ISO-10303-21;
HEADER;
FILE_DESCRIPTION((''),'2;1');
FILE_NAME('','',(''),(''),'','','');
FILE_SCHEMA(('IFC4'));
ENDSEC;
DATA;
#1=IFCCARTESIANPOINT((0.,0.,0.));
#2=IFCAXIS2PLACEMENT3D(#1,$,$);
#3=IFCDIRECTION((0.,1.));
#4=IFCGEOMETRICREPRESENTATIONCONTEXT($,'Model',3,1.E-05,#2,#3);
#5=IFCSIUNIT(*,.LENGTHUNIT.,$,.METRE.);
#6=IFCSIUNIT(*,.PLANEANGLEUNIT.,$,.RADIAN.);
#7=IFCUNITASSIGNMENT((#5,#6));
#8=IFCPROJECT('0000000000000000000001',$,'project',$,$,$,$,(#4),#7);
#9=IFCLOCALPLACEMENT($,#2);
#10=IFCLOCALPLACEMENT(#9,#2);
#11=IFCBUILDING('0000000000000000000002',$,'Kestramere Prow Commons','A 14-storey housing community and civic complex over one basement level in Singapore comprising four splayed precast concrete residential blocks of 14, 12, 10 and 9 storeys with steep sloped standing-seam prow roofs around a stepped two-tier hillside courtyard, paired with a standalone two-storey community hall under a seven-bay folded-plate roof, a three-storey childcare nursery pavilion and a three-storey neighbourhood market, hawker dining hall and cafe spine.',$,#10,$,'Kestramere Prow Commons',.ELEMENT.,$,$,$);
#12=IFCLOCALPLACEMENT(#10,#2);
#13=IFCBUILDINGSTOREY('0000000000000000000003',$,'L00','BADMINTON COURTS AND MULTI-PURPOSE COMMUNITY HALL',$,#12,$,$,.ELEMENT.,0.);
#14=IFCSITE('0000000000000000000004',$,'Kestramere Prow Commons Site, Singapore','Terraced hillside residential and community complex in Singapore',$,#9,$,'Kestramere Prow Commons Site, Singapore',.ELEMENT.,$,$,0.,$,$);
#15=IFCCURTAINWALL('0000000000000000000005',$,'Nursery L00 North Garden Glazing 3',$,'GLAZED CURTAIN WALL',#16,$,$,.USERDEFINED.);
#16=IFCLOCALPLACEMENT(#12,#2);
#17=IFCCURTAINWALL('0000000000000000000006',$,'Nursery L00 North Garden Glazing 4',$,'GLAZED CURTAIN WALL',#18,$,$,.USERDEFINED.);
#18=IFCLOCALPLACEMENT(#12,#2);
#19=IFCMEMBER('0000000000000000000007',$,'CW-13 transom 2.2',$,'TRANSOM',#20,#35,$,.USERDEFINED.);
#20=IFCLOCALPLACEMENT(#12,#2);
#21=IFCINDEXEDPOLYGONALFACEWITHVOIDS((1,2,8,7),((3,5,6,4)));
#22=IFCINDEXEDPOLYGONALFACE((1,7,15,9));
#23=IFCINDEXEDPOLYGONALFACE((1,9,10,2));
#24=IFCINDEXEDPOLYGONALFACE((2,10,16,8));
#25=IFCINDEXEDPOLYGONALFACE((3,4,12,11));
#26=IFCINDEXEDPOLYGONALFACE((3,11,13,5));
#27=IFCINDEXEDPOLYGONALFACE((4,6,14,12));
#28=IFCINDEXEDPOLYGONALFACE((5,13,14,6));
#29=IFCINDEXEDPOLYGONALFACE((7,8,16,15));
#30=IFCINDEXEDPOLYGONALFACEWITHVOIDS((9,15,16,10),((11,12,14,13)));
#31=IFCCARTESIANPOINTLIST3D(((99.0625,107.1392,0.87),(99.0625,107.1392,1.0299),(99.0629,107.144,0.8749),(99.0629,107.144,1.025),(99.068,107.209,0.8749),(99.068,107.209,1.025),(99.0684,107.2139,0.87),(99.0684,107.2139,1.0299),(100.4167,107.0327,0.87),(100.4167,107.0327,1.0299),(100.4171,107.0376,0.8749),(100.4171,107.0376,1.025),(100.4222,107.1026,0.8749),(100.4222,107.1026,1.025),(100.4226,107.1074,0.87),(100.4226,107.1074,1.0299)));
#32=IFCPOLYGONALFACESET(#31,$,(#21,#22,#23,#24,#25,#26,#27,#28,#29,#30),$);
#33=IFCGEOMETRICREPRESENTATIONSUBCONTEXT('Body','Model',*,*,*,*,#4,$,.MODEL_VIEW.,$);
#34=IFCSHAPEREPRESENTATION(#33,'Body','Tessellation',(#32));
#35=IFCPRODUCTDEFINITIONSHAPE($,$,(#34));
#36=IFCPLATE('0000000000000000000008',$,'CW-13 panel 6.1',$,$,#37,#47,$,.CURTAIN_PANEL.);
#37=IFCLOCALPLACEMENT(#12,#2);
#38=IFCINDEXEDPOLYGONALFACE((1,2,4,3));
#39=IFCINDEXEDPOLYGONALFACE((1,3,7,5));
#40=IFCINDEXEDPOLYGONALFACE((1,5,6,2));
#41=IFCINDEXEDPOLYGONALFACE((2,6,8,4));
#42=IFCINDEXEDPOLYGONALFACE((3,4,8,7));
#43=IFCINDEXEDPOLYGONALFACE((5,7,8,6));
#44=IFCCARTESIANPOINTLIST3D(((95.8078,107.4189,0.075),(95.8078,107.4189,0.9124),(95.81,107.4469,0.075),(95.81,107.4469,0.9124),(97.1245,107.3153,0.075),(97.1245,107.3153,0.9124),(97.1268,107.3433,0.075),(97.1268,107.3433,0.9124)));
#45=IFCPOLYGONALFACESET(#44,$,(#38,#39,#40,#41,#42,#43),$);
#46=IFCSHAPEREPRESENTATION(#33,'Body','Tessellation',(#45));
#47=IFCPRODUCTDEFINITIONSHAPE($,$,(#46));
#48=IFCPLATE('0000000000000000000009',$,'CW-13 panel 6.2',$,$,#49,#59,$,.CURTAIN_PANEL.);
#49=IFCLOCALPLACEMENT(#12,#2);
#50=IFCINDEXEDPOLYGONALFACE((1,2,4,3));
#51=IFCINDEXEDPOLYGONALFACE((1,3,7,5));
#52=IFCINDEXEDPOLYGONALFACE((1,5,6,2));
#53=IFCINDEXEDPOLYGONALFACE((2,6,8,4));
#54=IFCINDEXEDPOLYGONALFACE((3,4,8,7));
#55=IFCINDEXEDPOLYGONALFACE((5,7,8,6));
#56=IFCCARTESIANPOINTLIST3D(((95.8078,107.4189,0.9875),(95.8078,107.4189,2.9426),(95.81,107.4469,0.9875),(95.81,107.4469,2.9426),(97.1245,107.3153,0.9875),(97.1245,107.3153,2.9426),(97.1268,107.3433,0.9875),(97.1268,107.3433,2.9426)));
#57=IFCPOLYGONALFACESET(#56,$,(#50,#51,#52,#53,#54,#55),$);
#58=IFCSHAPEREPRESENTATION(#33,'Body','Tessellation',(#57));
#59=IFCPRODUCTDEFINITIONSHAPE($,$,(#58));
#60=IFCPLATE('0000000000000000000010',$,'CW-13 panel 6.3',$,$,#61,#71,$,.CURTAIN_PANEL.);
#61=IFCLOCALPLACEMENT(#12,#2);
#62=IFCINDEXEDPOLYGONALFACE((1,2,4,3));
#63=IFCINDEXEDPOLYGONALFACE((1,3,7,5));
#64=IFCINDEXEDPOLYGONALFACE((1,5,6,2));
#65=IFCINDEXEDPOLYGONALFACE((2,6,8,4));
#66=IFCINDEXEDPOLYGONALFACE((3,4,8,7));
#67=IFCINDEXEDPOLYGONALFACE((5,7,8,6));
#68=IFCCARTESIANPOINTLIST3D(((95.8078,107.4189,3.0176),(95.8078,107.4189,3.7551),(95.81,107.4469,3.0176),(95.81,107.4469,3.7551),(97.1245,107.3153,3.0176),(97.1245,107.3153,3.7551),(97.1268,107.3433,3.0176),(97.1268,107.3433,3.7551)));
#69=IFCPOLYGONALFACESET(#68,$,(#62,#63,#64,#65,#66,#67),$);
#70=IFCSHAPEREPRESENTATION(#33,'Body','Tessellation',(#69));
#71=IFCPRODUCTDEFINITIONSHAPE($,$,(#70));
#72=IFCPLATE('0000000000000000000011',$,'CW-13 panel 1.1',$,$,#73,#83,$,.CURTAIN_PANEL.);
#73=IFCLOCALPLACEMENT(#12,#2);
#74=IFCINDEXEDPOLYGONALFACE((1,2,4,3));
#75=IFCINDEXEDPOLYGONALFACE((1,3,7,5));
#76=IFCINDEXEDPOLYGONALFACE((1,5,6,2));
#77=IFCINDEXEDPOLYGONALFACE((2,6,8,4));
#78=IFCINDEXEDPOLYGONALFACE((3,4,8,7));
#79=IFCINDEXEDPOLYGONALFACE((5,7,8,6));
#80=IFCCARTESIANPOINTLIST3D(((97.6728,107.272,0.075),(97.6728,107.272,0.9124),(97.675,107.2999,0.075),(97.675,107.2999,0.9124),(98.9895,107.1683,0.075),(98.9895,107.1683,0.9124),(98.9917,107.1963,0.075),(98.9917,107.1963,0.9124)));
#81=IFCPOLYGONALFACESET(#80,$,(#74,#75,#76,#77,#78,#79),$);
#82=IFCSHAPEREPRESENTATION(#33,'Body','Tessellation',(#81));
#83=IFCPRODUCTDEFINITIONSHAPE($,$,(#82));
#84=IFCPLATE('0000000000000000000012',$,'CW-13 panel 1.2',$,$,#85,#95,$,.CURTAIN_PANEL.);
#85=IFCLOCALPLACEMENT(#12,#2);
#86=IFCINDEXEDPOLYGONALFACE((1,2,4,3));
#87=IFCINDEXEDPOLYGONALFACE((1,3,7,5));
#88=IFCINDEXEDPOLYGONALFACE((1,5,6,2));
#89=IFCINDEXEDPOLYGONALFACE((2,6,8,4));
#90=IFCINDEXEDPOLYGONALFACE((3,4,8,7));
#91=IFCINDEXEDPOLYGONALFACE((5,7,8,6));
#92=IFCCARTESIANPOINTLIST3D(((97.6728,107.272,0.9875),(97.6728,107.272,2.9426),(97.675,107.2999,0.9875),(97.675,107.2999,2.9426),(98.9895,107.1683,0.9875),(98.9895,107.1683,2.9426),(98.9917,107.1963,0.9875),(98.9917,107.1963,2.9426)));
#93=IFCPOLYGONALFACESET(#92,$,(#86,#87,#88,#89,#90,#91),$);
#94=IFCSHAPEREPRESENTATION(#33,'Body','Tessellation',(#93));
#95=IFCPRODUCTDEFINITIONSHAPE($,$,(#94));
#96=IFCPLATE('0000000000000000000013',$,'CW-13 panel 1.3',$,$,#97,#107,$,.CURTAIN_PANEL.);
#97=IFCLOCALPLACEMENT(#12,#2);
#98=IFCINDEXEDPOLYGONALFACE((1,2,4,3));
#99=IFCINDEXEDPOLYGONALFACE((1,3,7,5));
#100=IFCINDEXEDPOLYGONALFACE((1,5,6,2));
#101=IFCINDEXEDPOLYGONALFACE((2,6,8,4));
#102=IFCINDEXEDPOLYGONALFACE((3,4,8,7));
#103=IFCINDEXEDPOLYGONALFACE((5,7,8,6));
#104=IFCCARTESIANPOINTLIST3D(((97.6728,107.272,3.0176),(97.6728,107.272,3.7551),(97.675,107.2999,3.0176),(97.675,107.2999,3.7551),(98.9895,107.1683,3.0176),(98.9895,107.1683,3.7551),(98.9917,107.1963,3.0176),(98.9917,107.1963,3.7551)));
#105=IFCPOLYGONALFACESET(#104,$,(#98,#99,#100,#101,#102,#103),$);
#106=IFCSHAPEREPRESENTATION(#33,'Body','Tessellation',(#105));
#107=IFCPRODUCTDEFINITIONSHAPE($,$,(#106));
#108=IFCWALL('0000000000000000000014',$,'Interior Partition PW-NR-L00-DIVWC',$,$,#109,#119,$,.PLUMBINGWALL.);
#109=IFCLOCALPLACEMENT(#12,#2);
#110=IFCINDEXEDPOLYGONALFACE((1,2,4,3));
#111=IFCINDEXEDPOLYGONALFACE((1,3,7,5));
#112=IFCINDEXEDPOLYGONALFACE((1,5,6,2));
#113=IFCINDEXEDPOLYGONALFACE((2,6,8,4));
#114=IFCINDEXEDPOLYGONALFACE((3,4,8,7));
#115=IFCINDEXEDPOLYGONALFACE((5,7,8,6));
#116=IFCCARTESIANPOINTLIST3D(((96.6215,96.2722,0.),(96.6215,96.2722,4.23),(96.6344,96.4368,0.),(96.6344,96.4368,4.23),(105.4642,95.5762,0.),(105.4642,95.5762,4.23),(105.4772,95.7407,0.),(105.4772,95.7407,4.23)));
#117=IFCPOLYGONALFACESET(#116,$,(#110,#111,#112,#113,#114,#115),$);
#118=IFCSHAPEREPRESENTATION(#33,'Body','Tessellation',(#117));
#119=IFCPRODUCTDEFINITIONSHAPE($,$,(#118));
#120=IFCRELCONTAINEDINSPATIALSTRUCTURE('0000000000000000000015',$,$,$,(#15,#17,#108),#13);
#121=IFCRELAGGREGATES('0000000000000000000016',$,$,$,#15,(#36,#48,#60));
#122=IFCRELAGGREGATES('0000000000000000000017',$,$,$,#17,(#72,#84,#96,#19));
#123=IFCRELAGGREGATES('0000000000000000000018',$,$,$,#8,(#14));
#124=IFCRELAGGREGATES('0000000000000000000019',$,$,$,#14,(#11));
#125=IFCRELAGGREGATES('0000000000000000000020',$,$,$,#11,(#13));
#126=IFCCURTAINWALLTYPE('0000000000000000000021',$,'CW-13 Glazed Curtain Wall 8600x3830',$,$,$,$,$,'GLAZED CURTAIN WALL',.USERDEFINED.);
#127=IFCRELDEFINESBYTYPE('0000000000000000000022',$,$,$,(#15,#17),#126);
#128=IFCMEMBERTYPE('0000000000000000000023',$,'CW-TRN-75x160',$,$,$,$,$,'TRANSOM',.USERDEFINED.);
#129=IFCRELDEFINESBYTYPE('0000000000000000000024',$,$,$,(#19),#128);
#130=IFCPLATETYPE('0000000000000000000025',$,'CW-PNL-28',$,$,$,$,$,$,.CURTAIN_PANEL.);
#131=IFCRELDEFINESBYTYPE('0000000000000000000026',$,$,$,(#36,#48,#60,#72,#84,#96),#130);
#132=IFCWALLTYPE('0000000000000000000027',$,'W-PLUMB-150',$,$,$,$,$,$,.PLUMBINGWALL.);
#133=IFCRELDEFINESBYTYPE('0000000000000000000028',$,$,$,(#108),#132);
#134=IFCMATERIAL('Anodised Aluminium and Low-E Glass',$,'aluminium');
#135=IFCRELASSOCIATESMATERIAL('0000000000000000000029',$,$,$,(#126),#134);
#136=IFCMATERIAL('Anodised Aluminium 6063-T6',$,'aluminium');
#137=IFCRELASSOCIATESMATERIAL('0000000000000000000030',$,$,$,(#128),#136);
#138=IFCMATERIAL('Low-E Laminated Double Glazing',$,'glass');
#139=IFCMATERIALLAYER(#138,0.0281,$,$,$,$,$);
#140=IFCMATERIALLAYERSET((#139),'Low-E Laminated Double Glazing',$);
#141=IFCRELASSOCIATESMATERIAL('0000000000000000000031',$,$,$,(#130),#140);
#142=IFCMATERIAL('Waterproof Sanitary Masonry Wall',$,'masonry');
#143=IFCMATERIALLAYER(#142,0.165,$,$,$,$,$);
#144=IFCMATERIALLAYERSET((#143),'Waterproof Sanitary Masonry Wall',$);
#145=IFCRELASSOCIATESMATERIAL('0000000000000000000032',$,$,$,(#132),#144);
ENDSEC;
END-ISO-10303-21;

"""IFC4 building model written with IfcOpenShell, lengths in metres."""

from ifc_helpers import new_model, si_unit, direction, frame, frame_2d, origin, origin_2d, place, context, subcontext, project, spatial, rectangle, hollow_rectangle, extrude, material, layer, layer_set, material_profile, profile_set, type_object, element, aggregate, save


model = new_model("IFC4")

# Units and contexts
model_context = context("Model", 3, precision=1e-05, world=origin(), true_north=direction((0.0, 1.0)))
body_context = subcontext(model_context, "Body", "Model", "MODEL_VIEW")
ifc_project = project(units=[si_unit("LENGTHUNIT", "METRE"), si_unit("PLANEANGLEUNIT", "RADIAN")], contexts=[model_context])

# Site, building, storey
site_placement = place(None, origin())
site = spatial("IfcSite", under=ifc_project, at=site_placement, Name="Kestramere Prow Commons Site, Singapore", Description="Terraced hillside residential and community complex in Singapore", LongName="Kestramere Prow Commons Site, Singapore", CompositionType="ELEMENT", RefElevation=0.0)
building_placement = place(site_placement, origin())
building = spatial("IfcBuilding", under=site, at=building_placement, Name="Kestramere Prow Commons", Description="A 14-storey housing community and civic complex over one basement level in Singapore comprising four splayed precast concrete residential blocks of 14, 12, 10 and 9 storeys with steep sloped standing-seam prow roofs around a stepped two-tier hillside courtyard, paired with a standalone two-storey community hall under a seven-bay folded-plate roof, a three-storey childcare nursery pavilion and a three-storey neighbourhood market, hawker dining hall and cafe spine.", LongName="Kestramere Prow Commons", CompositionType="ELEMENT")
storey_placement = place(building_placement, origin())
storey = spatial("IfcBuildingStorey", under=building, at=storey_placement, Name="L00", Description="BADMINTON COURTS AND MULTI-PURPOSE COMMUNITY HALL", CompositionType="ELEMENT", Elevation=0.0)

# Curtain wall
ifc_material_1 = material(Name="Anodised Aluminium and Low-E Glass", Category="aluminium")
curtain_wall_type = type_object("IfcCurtainWallType", Name="CW-13 Glazed Curtain Wall 8600x3830", ElementType="GLAZED CURTAIN WALL", PredefinedType="USERDEFINED", material=ifc_material_1)
curtain_wall_1_placement = place(storey_placement, origin())
curtain_wall_1 = element("IfcCurtainWall", 1, at=curtain_wall_1_placement, inside=storey, type_object=curtain_wall_type, Name="Nursery L00 North Garden Glazing 3", ObjectType="GLAZED CURTAIN WALL", PredefinedType="USERDEFINED")
ifc_material_2 = material(Name="Anodised Aluminium 6063-T6", Category="aluminium")

# Curtain wall, member
curtain_wall_2_placement = place(storey_placement, origin())
curtain_wall_2 = element("IfcCurtainWall", 2, at=curtain_wall_2_placement, inside=storey, type_object=curtain_wall_type, Name="Nursery L00 North Garden Glazing 4", ObjectType="GLAZED CURTAIN WALL", PredefinedType="USERDEFINED")
ifc_material_profile_1 = material_profile(ifc_material_2, hollow_rectangle(XDim=0.075, YDim=0.1599, WallThickness=0.0049, at=origin_2d()), Name="ALU-TRN 75x160")
ifc_profile_set_1 = profile_set([ifc_material_profile_1], Name="Anodised Aluminium 6063-T6")
member_type_1 = type_object("IfcMemberType", Name="CW-TRN-75x160", ElementType="TRANSOM", PredefinedType="USERDEFINED", material=ifc_profile_set_1)
member_1_placement = place(storey_placement, frame((99.0654, 107.1765, 0.95), z_axis=(0.996925, -0.078359, 0.0), x_axis=(0.078359, 0.996925, 0.0)))
member_1 = element("IfcMember", 3, at=member_1_placement, type_object=member_type_1, Name="CW-13 transom 2.2", ObjectType="TRANSOM", PredefinedType="USERDEFINED", context=body_context, shape_type="SweptSolid", body=[
    extrude(hollow_rectangle(XDim=0.075, YDim=0.1599, WallThickness=0.0049, at=origin_2d()), origin(), (0.0, 0.0, 1.0), 1.3584),
])

# Plates
ifc_material_3 = material(Name="Low-E Laminated Double Glazing", Category="glass")
ifc_layer_1 = layer(ifc_material_3, 0.0281)
ifc_layer_set_1 = layer_set([ifc_layer_1], Name="Low-E Laminated Double Glazing")
plate_type = type_object("IfcPlateType", Name="CW-PNL-28", PredefinedType="CURTAIN_PANEL", material=ifc_layer_set_1)
plate_1_placement = place(storey_placement, frame((96.4673, 107.3811, 0.075), z_axis=(0.0, 0.0, 1.0), x_axis=(0.996917, -0.078459, 0.0)))
plate_1 = element("IfcPlate", 4, at=plate_1_placement, type_object=plate_type, Name="CW-13 panel 6.1", PredefinedType="CURTAIN_PANEL", context=body_context, shape_type="SweptSolid", body=[
    extrude(rectangle(XDim=1.3208, YDim=0.0281, at=origin_2d()), origin(), (0.0, 0.0, 1.0), 0.8374),
])
plate_2_placement = place(storey_placement, frame((96.4673, 107.3811, 0.9875), z_axis=(0.0, 0.0, 1.0), x_axis=(0.996917, -0.078459, 0.0)))
plate_2 = element("IfcPlate", 5, at=plate_2_placement, type_object=plate_type, Name="CW-13 panel 6.2", PredefinedType="CURTAIN_PANEL", context=body_context, shape_type="SweptSolid", body=[
    extrude(rectangle(XDim=1.3208, YDim=0.0281, at=origin_2d()), origin(), (0.0, 0.0, 1.0), 1.9551),
])
plate_3_placement = place(storey_placement, frame((96.4673, 107.3811, 3.0176), z_axis=(0.0, 0.0, 1.0), x_axis=(0.996917, -0.078459, 0.0)))
plate_3 = element("IfcPlate", 6, at=plate_3_placement, type_object=plate_type, Name="CW-13 panel 6.3", PredefinedType="CURTAIN_PANEL", context=body_context, shape_type="SweptSolid", body=[
    extrude(rectangle(XDim=1.3208, YDim=0.0281, at=origin_2d()), origin(), (0.0, 0.0, 1.0), 0.7375),
])
aggregate(curtain_wall_1, [plate_1, plate_2, plate_3])
plate_4_placement = place(storey_placement, frame((98.3323, 107.2341, 0.075), z_axis=(0.0, 0.0, 1.0), x_axis=(0.996917, -0.078459, 0.0)))
plate_4 = element("IfcPlate", 7, at=plate_4_placement, type_object=plate_type, Name="CW-13 panel 1.1", PredefinedType="CURTAIN_PANEL", context=body_context, shape_type="SweptSolid", body=[
    extrude(rectangle(XDim=1.3208, YDim=0.0281, at=origin_2d()), origin(), (0.0, 0.0, 1.0), 0.8374),
])
plate_5_placement = place(storey_placement, frame((98.3323, 107.2341, 0.9875), z_axis=(0.0, 0.0, 1.0), x_axis=(0.996917, -0.078459, 0.0)))
plate_5 = element("IfcPlate", 8, at=plate_5_placement, type_object=plate_type, Name="CW-13 panel 1.2", PredefinedType="CURTAIN_PANEL", context=body_context, shape_type="SweptSolid", body=[
    extrude(rectangle(XDim=1.3208, YDim=0.0281, at=origin_2d()), origin(), (0.0, 0.0, 1.0), 1.9551),
])
plate_6_placement = place(storey_placement, frame((98.3323, 107.2341, 3.0176), z_axis=(0.0, 0.0, 1.0), x_axis=(0.996917, -0.078459, 0.0)))
plate_6 = element("IfcPlate", 9, at=plate_6_placement, type_object=plate_type, Name="CW-13 panel 1.3", PredefinedType="CURTAIN_PANEL", context=body_context, shape_type="SweptSolid", body=[
    extrude(rectangle(XDim=1.3208, YDim=0.0281, at=origin_2d()), origin(), (0.0, 0.0, 1.0), 0.7375),
])
aggregate(curtain_wall_2, [plate_4, plate_5, plate_6, member_1])

# Shared definitions
ifc_material_4 = material(Name="Waterproof Sanitary Masonry Wall", Category="masonry")
ifc_layer_2 = layer(ifc_material_4, 0.165)
ifc_layer_set_2 = layer_set([ifc_layer_2], Name="Waterproof Sanitary Masonry Wall")
wall_type = type_object("IfcWallType", Name="W-PLUMB-150", PredefinedType="PLUMBINGWALL", material=ifc_layer_set_2)

# Wall
wall_1_placement = place(storey_placement, frame((96.6279, 96.3545, 0.0), z_axis=(0.0, 0.0, 1.0), x_axis=(0.996916, -0.078471, 0.0)))
element("IfcWall", 10, at=wall_1_placement, inside=storey, type_object=wall_type, Name="Interior Partition PW-NR-L00-DIVWC", PredefinedType="PLUMBINGWALL", context=body_context, shape_type="SweptSolid", body=[
    extrude(rectangle(XDim=8.8701, YDim=0.165, at=frame_2d((4.4351, 0.0))), origin(), (0.0, 0.0, 1.0), 4.23),
])

save(model, "model.ifc")
